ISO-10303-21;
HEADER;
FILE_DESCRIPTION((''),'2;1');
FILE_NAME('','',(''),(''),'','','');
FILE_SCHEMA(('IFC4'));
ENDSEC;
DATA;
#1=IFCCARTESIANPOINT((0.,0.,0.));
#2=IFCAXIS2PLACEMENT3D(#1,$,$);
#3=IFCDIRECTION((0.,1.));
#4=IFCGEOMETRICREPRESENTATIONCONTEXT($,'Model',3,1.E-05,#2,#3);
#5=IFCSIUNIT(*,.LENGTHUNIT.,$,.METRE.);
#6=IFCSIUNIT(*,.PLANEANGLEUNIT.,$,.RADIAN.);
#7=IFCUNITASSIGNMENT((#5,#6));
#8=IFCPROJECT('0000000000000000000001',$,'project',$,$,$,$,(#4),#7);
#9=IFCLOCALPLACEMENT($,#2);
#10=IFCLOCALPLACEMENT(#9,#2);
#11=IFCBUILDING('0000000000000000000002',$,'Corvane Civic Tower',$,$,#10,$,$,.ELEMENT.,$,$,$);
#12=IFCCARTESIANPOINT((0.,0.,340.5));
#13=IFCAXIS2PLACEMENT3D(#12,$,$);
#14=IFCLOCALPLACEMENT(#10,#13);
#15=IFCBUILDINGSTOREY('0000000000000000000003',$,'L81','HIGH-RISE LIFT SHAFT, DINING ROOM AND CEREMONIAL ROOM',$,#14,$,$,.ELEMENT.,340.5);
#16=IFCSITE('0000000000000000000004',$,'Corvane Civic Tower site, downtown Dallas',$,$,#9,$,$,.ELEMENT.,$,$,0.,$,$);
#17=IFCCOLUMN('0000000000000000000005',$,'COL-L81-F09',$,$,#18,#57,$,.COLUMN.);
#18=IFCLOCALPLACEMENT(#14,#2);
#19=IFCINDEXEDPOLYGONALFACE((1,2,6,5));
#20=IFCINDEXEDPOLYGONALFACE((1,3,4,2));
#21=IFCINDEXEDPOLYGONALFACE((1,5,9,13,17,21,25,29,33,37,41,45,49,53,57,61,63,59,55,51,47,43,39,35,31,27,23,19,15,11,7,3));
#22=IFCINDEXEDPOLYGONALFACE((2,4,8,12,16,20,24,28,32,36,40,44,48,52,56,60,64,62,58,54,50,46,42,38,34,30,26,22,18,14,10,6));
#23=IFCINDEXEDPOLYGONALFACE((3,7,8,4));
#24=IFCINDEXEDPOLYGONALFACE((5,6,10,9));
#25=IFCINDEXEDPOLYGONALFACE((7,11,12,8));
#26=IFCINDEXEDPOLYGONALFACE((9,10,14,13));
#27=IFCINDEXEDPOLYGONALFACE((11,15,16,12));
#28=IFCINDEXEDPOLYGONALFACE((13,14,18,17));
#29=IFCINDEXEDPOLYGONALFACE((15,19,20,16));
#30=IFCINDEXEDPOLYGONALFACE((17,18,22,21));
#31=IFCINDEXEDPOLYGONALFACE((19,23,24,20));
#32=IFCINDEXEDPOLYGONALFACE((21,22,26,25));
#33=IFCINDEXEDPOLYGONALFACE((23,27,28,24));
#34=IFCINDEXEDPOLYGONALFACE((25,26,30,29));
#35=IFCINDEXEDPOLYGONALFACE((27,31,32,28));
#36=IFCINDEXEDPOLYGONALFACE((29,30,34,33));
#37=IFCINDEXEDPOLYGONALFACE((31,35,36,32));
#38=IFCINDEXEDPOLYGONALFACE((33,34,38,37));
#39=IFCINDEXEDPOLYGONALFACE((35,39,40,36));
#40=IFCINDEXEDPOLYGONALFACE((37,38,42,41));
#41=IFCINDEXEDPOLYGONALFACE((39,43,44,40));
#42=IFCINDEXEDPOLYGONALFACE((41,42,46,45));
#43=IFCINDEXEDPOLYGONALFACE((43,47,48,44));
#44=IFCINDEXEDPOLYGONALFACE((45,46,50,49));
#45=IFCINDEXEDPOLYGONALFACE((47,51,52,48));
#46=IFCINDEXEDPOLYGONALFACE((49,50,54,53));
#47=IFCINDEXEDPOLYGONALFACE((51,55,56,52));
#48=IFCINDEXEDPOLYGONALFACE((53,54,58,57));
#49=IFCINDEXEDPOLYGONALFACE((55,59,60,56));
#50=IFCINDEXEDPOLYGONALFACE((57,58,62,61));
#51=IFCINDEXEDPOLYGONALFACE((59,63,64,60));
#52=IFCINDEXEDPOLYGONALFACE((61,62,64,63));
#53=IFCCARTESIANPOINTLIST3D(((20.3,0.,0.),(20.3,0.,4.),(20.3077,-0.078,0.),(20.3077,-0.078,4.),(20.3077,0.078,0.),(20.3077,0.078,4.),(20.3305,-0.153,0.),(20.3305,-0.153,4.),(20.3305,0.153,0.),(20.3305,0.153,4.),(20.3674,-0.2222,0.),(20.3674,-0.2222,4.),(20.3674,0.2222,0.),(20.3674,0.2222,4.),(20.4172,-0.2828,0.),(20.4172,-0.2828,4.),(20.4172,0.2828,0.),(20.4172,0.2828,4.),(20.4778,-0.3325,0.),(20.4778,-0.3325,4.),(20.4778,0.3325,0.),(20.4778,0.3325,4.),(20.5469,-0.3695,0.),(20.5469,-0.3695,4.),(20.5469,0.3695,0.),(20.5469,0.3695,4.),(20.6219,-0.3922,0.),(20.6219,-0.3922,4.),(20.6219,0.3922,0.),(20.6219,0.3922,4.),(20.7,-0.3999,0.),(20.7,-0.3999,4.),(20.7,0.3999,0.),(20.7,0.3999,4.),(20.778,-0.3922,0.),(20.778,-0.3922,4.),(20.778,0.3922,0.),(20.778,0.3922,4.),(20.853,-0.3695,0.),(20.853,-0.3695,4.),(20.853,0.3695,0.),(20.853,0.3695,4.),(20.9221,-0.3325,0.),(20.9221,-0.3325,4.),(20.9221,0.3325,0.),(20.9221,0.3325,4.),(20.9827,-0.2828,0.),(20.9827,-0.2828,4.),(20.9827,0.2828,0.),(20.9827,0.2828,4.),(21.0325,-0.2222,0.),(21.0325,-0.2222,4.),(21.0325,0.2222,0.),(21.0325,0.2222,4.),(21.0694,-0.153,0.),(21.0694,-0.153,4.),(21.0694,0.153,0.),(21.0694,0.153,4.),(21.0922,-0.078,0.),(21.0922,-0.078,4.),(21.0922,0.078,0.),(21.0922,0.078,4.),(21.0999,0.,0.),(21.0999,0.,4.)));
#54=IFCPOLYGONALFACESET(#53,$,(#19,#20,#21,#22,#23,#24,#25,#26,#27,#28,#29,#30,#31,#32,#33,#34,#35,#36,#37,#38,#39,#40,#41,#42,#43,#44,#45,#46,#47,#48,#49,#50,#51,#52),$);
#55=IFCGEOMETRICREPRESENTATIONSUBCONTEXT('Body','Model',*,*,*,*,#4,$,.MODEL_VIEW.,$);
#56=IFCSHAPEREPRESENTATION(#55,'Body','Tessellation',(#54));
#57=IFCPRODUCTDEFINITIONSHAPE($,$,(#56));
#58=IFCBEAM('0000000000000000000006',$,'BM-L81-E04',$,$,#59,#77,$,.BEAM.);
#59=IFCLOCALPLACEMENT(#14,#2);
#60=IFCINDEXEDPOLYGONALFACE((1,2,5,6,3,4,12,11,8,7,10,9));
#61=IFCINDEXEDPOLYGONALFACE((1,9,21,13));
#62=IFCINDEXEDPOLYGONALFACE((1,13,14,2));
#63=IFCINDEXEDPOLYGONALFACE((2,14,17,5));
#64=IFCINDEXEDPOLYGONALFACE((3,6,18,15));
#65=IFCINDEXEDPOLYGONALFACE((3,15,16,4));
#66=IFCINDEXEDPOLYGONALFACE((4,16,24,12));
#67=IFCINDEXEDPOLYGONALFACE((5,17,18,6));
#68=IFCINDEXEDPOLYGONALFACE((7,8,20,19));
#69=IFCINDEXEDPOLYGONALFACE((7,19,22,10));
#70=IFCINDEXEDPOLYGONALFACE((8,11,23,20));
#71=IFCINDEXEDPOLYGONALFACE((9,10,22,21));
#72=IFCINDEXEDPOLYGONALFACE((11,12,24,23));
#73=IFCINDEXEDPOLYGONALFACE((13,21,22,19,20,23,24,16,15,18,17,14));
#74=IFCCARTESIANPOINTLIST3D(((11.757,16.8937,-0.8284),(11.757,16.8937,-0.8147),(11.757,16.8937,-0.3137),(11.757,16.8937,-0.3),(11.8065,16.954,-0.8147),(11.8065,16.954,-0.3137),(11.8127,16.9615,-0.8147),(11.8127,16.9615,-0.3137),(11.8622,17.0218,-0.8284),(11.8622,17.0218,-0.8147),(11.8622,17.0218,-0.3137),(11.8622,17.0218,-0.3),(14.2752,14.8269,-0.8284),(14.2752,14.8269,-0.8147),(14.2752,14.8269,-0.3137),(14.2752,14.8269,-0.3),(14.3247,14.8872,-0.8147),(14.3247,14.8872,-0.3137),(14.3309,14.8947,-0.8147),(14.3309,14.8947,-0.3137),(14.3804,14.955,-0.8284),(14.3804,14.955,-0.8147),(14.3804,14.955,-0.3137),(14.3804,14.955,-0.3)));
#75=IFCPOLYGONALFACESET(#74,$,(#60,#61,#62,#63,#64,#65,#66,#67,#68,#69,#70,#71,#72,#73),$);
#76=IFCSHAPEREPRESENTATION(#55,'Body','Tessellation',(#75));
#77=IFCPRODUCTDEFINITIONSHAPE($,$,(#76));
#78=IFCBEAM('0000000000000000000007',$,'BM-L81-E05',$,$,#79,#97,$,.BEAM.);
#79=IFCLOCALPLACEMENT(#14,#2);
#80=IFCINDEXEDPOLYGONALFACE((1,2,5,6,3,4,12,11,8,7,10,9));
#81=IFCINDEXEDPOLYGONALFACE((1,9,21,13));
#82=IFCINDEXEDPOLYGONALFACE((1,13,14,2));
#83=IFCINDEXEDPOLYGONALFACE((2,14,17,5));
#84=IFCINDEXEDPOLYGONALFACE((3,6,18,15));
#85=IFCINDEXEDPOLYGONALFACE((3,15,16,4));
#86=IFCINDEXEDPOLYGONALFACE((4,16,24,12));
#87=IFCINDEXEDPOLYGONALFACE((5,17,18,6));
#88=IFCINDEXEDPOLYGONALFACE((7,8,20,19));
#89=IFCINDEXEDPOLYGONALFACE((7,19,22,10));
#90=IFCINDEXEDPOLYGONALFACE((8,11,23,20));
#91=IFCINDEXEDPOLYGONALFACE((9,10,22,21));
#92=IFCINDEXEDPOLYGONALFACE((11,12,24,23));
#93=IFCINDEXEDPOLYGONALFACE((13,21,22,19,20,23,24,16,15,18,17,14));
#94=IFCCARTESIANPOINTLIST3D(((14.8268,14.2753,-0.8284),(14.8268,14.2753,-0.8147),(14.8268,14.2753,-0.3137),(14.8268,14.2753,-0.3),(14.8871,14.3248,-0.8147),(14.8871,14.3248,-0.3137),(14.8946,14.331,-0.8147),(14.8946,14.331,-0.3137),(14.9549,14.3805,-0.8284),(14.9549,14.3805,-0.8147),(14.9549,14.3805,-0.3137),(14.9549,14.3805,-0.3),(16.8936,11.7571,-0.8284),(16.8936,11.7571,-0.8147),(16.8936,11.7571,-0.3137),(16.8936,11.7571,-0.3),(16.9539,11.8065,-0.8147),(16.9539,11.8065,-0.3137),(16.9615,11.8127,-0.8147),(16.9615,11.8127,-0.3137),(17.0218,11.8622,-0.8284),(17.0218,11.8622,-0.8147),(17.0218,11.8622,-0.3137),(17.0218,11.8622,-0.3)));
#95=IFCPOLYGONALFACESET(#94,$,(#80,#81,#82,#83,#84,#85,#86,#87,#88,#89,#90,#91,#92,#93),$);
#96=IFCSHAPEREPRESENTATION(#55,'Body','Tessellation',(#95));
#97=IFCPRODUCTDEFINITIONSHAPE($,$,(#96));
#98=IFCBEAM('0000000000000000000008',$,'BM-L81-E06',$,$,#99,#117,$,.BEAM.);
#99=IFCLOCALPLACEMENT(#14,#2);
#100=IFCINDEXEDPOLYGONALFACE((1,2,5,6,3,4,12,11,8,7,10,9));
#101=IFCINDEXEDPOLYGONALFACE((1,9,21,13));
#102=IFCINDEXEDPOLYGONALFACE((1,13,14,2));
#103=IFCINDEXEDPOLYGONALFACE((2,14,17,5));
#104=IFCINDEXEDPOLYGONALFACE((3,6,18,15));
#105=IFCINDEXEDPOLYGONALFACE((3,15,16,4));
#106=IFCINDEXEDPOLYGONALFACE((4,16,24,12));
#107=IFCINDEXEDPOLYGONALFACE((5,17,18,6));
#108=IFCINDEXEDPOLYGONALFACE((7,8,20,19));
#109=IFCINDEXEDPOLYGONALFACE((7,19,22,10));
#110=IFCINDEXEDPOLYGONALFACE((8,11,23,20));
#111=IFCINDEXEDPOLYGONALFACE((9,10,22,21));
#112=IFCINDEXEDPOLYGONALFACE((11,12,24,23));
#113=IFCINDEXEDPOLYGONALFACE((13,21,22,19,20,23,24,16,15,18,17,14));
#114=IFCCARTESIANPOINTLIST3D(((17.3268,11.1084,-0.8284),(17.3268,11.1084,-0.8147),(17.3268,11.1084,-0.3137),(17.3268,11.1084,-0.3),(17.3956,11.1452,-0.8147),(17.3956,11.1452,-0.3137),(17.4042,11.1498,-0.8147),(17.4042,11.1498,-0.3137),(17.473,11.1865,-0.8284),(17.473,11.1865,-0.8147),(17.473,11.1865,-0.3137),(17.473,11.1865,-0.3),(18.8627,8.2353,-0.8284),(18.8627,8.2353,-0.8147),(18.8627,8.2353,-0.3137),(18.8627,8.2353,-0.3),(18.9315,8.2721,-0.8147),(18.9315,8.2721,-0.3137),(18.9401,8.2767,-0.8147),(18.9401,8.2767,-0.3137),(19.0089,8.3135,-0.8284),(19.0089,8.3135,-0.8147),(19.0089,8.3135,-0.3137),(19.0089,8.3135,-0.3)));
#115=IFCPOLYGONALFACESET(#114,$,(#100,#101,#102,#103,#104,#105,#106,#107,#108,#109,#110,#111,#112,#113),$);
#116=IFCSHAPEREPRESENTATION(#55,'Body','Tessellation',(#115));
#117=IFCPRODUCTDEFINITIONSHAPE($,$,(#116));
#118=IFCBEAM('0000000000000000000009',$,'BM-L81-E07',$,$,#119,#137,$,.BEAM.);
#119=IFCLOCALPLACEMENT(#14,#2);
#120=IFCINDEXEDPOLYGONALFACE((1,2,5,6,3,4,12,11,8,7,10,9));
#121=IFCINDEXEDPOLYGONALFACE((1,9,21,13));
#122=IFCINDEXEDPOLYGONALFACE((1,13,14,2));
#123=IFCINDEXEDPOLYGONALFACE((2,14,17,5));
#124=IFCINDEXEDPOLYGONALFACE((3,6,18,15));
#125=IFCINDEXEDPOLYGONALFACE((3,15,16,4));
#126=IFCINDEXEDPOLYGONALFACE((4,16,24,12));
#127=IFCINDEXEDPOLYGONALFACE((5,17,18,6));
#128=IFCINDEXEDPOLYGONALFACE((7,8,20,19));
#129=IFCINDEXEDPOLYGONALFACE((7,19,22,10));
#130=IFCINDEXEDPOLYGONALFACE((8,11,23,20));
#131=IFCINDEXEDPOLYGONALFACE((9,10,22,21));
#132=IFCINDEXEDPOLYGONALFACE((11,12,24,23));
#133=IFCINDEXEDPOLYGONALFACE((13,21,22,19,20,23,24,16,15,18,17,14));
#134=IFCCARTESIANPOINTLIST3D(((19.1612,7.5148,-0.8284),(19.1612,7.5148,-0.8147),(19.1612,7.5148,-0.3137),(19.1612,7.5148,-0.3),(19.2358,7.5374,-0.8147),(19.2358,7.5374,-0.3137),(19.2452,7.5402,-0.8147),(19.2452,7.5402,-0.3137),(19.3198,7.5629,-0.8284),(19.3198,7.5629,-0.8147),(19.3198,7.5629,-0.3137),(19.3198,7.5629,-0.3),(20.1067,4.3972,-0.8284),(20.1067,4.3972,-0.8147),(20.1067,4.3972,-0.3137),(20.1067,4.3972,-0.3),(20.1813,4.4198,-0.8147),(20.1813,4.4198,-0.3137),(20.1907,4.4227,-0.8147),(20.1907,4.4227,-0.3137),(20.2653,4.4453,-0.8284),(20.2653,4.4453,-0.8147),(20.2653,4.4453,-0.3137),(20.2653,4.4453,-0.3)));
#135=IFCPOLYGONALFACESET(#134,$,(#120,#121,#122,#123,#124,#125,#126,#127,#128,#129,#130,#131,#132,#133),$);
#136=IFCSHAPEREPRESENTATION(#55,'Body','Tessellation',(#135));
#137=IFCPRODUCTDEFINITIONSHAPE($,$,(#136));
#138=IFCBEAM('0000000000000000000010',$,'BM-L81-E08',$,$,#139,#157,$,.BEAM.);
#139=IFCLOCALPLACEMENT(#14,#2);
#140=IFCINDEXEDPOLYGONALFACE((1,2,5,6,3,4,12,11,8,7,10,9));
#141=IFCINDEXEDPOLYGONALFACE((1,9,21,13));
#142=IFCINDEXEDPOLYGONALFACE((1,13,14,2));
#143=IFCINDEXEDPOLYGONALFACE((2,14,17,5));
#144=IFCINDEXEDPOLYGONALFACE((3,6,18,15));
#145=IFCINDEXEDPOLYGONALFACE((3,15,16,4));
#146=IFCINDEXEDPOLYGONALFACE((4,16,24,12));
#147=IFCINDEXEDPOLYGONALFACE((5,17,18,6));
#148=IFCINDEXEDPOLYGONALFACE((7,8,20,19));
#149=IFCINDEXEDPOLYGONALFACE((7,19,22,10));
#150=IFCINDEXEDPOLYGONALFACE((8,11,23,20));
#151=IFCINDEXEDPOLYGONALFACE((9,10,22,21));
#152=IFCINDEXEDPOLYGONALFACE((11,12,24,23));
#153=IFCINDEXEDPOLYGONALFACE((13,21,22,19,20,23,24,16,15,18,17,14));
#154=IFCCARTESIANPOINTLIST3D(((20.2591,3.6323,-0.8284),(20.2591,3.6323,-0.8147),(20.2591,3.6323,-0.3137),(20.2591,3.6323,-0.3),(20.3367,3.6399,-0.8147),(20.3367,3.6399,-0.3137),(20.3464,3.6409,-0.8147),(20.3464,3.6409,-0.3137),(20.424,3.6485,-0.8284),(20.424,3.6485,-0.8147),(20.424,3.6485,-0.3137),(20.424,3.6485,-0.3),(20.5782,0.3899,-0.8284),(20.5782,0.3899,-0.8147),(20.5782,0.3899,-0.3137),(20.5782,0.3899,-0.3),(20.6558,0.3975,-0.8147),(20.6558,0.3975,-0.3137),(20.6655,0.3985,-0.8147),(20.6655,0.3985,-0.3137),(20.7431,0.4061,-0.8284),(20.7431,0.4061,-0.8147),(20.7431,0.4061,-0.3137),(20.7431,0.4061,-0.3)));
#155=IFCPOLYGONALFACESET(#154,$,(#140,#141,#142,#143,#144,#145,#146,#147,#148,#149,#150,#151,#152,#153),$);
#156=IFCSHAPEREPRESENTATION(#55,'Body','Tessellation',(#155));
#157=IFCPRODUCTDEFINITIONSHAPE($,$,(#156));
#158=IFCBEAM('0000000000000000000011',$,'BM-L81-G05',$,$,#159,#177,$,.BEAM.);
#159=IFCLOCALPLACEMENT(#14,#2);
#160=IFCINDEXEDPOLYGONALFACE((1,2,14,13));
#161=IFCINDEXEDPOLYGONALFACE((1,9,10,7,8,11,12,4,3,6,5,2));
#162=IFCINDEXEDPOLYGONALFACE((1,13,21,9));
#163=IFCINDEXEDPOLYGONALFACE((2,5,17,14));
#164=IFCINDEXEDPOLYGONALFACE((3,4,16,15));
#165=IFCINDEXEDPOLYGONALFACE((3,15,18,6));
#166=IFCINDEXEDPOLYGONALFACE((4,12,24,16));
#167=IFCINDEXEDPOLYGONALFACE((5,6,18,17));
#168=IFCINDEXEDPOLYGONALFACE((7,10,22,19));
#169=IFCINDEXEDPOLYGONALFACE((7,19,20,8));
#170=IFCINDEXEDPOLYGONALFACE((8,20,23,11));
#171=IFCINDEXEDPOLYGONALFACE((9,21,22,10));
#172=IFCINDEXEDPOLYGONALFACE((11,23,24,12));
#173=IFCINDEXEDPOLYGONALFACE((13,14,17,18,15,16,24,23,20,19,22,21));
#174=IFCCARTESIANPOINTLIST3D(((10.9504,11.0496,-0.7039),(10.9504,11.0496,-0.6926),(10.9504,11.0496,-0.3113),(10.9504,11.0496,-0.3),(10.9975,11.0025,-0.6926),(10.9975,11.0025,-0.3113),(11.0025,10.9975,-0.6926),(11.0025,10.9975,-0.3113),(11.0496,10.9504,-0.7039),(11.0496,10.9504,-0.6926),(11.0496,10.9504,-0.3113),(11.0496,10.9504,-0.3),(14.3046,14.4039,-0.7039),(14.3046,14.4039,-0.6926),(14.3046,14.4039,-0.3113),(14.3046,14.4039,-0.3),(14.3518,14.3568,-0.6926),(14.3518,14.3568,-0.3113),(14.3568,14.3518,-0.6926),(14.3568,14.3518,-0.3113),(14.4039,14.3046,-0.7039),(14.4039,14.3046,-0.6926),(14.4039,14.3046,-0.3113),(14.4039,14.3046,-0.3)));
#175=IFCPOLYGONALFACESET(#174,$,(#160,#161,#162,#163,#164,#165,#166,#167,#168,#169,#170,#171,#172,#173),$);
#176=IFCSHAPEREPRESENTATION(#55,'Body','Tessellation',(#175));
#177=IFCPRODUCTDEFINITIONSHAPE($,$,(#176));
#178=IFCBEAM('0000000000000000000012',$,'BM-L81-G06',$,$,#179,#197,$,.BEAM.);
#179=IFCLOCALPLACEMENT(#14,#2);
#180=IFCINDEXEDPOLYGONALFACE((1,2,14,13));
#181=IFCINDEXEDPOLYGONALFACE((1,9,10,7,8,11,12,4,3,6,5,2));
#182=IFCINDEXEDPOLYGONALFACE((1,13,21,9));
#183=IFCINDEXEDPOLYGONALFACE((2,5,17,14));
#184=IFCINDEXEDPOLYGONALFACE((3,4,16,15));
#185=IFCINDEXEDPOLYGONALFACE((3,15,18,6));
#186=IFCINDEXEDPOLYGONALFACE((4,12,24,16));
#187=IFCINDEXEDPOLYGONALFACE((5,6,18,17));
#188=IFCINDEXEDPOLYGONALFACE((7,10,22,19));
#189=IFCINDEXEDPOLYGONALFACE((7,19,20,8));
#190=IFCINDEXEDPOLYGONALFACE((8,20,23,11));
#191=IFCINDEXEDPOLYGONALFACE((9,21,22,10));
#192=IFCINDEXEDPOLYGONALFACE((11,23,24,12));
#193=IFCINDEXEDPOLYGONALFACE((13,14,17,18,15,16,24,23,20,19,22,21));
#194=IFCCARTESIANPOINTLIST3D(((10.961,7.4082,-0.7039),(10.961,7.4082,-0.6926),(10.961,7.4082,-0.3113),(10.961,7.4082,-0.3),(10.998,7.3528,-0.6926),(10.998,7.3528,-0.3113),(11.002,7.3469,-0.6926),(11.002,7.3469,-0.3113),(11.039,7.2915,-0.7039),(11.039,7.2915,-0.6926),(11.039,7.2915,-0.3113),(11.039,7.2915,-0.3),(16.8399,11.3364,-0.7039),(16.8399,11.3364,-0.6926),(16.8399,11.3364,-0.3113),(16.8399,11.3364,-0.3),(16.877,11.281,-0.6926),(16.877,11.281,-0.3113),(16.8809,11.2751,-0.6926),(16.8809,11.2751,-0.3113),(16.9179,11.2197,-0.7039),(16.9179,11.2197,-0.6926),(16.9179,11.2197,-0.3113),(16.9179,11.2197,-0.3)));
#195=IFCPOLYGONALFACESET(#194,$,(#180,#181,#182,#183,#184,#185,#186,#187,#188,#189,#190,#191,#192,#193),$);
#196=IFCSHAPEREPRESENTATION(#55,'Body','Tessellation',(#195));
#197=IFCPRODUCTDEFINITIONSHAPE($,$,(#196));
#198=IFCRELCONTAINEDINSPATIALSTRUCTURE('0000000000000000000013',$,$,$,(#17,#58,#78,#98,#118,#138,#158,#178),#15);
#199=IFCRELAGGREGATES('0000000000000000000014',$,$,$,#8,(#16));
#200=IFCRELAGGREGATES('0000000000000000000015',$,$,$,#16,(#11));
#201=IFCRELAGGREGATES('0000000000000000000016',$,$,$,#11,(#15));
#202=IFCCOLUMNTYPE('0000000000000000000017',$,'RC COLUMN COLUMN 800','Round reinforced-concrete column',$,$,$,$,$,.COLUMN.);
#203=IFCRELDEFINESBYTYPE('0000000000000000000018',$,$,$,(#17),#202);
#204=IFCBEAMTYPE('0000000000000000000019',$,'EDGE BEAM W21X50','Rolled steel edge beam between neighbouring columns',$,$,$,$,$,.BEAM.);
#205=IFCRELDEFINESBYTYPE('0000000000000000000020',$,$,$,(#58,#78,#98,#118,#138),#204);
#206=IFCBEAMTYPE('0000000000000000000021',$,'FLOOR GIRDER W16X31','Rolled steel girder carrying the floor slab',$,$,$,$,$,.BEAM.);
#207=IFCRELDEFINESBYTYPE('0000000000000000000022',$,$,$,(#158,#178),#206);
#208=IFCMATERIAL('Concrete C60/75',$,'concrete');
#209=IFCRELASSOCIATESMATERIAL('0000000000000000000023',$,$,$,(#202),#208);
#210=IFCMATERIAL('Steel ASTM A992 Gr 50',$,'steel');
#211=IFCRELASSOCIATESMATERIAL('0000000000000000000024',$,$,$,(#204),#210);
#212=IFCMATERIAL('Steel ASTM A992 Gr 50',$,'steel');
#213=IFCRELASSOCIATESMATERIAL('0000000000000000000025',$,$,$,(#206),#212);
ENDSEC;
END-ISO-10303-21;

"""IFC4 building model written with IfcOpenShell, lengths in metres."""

from ifc_helpers import new_model, si_unit, direction, frame, origin, origin_2d, place, context, subcontext, project, spatial, circle, i_section, extrude, material, material_profile, profile_set, type_object, element, save


model = new_model("IFC4")

# Units and contexts
model_context = context("Model", 3, precision=1e-05, world=origin(), true_north=direction((0.0, 1.0)))
body_context = subcontext(model_context, "Body", "Model", "MODEL_VIEW")
ifc_project = project(units=[si_unit("LENGTHUNIT", "METRE"), si_unit("PLANEANGLEUNIT", "RADIAN")], contexts=[model_context])

# Site, building, storey
site_placement = place(None, origin())
site = spatial("IfcSite", under=ifc_project, at=site_placement, Name="Corvane Civic Tower site, downtown Dallas", CompositionType="ELEMENT", RefElevation=0.0)
building_placement = place(site_placement, origin())
building = spatial("IfcBuilding", under=site, at=building_placement, Name="Corvane Civic Tower", CompositionType="ELEMENT")
storey_placement = place(building_placement, frame((0.0, 0.0, 340.5)))
storey = spatial("IfcBuildingStorey", under=building, at=storey_placement, Name="L81", Description="HIGH-RISE LIFT SHAFT, DINING ROOM AND CEREMONIAL ROOM", CompositionType="ELEMENT", Elevation=340.5)

# Column
ifc_material_1 = material(Name="Concrete C60/75", Category="concrete")
ifc_material_profile_1 = material_profile(ifc_material_1, circle(Radius=0.3999, at=origin_2d()), Name="COLUMN 800")
ifc_profile_set_1 = profile_set([ifc_material_profile_1], Name="Concrete C60/75")
column_type = type_object("IfcColumnType", Name="RC COLUMN COLUMN 800", Description="Round reinforced-concrete column", PredefinedType="COLUMN", material=ifc_profile_set_1)
for number, where, z_axis, x_axis, name in (
    (1, (20.7, 0.0, 0.0), (0.0, 0.0, 1.0), (1.0, 0.0, 0.0), "COL-L81-F09"),
):
    element("IfcColumn", number, at=place(storey_placement, frame(where, z_axis=z_axis, x_axis=x_axis)), inside=storey, type_object=column_type, Name=name, PredefinedType="COLUMN", context=body_context, shape_type="SweptSolid", body=[
        extrude(circle(Radius=0.3999, at=origin_2d()), origin(), (0.0, 0.0, 1.0), 4.0),
    ])

# Beams
ifc_material_2 = material(Name="Steel ASTM A992 Gr 50", Category="steel")
ifc_material_profile_2 = material_profile(ifc_material_2, i_section(OverallWidth=0.1658, OverallDepth=0.5283, WebThickness=0.0098, FlangeThickness=0.0137, at=origin_2d()), Name="W21X50")
ifc_profile_set_2 = profile_set([ifc_material_profile_2], Name="Steel ASTM A992 Gr 50")
beam_type_1 = type_object("IfcBeamType", Name="EDGE BEAM W21X50", Description="Rolled steel edge beam between neighbouring columns", PredefinedType="BEAM", material=ifc_profile_set_2)
for number, where, z_axis, x_axis, name in (
    (2, (11.8096, 16.9578, -0.5642), (0.772985, -0.634425, 0.0), (0.634425, 0.772985, 0.0), "BM-L81-E04"),
    (3, (14.8909, 14.3279, -0.5642), (0.634425, -0.772985, 0.0), (0.772985, 0.634425, 0.0), "BM-L81-E05"),
    (4, (17.3999, 11.1475, -0.5642), (0.471448, -0.881894, 0.0), (0.881894, 0.471448, 0.0), "BM-L81-E06"),
    (5, (19.2405, 7.5388, -0.5642), (0.290234, -0.956956, 0.0), (0.956956, 0.290234, 0.0), "BM-L81-E07"),
):
    element("IfcBeam", number, at=place(storey_placement, frame(where, z_axis=z_axis, x_axis=x_axis)), inside=storey, type_object=beam_type_1, Name=name, PredefinedType="BEAM", context=body_context, shape_type="SweptSolid", body=[
        extrude(i_section(OverallWidth=0.1658, OverallDepth=0.5283, WebThickness=0.0098, FlangeThickness=0.0137, at=origin_2d()), origin(), (0.0, 0.0, 1.0), 3.2578),
    ])
beam_1_placement = place(storey_placement, frame((20.3416, 3.6404, -0.5642), z_axis=(0.097938, -0.995193, 0.0), x_axis=(0.995193, 0.097938, 0.0)))
element("IfcBeam", 6, at=beam_1_placement, inside=storey, type_object=beam_type_1, Name="BM-L81-E08", PredefinedType="BEAM", context=body_context, shape_type="SweptSolid", body=[
    extrude(i_section(OverallWidth=0.1658, OverallDepth=0.5283, WebThickness=0.0098, FlangeThickness=0.0137, at=origin_2d()), origin(), (0.0, 0.0, 1.0), 3.2581),
])
ifc_material_3 = material(Name="Steel ASTM A992 Gr 50", Category="steel")
ifc_material_profile_3 = material_profile(ifc_material_3, i_section(OverallWidth=0.1404, OverallDepth=0.4038, WebThickness=0.0071, FlangeThickness=0.0112, at=origin_2d()), Name="W16X31")
ifc_profile_set_3 = profile_set([ifc_material_profile_3], Name="Steel ASTM A992 Gr 50")
beam_type_2 = type_object("IfcBeamType", Name="FLOOR GIRDER W16X31", Description="Rolled steel girder carrying the floor slab", PredefinedType="BEAM", material=ifc_profile_set_3)
beam_2_placement = place(storey_placement, frame((11.0, 11.0, -0.502), z_axis=(0.707107, 0.707107, 0.0), x_axis=(-0.707107, 0.707107, 0.0)))
element("IfcBeam", 7, at=beam_2_placement, inside=storey, type_object=beam_type_2, Name="BM-L81-G05", PredefinedType="BEAM", context=body_context, shape_type="SweptSolid", body=[
    extrude(i_section(OverallWidth=0.1404, OverallDepth=0.4038, WebThickness=0.0071, FlangeThickness=0.0112, at=origin_2d()), origin(), (0.0, 0.0, 1.0), 4.7437),
])
beam_3_placement = place(storey_placement, frame((11.0, 7.3499, -0.502), z_axis=(0.831465, 0.555576, 0.0), x_axis=(-0.555576, 0.831465, 0.0)))
element("IfcBeam", 8, at=beam_3_placement, inside=storey, type_object=beam_type_2, Name="BM-L81-G06", PredefinedType="BEAM", context=body_context, shape_type="SweptSolid", body=[
    extrude(i_section(OverallWidth=0.1404, OverallDepth=0.4038, WebThickness=0.0071, FlangeThickness=0.0112, at=origin_2d()), origin(), (0.0, 0.0, 1.0), 7.0706),
])

save(model, "model.ifc")
